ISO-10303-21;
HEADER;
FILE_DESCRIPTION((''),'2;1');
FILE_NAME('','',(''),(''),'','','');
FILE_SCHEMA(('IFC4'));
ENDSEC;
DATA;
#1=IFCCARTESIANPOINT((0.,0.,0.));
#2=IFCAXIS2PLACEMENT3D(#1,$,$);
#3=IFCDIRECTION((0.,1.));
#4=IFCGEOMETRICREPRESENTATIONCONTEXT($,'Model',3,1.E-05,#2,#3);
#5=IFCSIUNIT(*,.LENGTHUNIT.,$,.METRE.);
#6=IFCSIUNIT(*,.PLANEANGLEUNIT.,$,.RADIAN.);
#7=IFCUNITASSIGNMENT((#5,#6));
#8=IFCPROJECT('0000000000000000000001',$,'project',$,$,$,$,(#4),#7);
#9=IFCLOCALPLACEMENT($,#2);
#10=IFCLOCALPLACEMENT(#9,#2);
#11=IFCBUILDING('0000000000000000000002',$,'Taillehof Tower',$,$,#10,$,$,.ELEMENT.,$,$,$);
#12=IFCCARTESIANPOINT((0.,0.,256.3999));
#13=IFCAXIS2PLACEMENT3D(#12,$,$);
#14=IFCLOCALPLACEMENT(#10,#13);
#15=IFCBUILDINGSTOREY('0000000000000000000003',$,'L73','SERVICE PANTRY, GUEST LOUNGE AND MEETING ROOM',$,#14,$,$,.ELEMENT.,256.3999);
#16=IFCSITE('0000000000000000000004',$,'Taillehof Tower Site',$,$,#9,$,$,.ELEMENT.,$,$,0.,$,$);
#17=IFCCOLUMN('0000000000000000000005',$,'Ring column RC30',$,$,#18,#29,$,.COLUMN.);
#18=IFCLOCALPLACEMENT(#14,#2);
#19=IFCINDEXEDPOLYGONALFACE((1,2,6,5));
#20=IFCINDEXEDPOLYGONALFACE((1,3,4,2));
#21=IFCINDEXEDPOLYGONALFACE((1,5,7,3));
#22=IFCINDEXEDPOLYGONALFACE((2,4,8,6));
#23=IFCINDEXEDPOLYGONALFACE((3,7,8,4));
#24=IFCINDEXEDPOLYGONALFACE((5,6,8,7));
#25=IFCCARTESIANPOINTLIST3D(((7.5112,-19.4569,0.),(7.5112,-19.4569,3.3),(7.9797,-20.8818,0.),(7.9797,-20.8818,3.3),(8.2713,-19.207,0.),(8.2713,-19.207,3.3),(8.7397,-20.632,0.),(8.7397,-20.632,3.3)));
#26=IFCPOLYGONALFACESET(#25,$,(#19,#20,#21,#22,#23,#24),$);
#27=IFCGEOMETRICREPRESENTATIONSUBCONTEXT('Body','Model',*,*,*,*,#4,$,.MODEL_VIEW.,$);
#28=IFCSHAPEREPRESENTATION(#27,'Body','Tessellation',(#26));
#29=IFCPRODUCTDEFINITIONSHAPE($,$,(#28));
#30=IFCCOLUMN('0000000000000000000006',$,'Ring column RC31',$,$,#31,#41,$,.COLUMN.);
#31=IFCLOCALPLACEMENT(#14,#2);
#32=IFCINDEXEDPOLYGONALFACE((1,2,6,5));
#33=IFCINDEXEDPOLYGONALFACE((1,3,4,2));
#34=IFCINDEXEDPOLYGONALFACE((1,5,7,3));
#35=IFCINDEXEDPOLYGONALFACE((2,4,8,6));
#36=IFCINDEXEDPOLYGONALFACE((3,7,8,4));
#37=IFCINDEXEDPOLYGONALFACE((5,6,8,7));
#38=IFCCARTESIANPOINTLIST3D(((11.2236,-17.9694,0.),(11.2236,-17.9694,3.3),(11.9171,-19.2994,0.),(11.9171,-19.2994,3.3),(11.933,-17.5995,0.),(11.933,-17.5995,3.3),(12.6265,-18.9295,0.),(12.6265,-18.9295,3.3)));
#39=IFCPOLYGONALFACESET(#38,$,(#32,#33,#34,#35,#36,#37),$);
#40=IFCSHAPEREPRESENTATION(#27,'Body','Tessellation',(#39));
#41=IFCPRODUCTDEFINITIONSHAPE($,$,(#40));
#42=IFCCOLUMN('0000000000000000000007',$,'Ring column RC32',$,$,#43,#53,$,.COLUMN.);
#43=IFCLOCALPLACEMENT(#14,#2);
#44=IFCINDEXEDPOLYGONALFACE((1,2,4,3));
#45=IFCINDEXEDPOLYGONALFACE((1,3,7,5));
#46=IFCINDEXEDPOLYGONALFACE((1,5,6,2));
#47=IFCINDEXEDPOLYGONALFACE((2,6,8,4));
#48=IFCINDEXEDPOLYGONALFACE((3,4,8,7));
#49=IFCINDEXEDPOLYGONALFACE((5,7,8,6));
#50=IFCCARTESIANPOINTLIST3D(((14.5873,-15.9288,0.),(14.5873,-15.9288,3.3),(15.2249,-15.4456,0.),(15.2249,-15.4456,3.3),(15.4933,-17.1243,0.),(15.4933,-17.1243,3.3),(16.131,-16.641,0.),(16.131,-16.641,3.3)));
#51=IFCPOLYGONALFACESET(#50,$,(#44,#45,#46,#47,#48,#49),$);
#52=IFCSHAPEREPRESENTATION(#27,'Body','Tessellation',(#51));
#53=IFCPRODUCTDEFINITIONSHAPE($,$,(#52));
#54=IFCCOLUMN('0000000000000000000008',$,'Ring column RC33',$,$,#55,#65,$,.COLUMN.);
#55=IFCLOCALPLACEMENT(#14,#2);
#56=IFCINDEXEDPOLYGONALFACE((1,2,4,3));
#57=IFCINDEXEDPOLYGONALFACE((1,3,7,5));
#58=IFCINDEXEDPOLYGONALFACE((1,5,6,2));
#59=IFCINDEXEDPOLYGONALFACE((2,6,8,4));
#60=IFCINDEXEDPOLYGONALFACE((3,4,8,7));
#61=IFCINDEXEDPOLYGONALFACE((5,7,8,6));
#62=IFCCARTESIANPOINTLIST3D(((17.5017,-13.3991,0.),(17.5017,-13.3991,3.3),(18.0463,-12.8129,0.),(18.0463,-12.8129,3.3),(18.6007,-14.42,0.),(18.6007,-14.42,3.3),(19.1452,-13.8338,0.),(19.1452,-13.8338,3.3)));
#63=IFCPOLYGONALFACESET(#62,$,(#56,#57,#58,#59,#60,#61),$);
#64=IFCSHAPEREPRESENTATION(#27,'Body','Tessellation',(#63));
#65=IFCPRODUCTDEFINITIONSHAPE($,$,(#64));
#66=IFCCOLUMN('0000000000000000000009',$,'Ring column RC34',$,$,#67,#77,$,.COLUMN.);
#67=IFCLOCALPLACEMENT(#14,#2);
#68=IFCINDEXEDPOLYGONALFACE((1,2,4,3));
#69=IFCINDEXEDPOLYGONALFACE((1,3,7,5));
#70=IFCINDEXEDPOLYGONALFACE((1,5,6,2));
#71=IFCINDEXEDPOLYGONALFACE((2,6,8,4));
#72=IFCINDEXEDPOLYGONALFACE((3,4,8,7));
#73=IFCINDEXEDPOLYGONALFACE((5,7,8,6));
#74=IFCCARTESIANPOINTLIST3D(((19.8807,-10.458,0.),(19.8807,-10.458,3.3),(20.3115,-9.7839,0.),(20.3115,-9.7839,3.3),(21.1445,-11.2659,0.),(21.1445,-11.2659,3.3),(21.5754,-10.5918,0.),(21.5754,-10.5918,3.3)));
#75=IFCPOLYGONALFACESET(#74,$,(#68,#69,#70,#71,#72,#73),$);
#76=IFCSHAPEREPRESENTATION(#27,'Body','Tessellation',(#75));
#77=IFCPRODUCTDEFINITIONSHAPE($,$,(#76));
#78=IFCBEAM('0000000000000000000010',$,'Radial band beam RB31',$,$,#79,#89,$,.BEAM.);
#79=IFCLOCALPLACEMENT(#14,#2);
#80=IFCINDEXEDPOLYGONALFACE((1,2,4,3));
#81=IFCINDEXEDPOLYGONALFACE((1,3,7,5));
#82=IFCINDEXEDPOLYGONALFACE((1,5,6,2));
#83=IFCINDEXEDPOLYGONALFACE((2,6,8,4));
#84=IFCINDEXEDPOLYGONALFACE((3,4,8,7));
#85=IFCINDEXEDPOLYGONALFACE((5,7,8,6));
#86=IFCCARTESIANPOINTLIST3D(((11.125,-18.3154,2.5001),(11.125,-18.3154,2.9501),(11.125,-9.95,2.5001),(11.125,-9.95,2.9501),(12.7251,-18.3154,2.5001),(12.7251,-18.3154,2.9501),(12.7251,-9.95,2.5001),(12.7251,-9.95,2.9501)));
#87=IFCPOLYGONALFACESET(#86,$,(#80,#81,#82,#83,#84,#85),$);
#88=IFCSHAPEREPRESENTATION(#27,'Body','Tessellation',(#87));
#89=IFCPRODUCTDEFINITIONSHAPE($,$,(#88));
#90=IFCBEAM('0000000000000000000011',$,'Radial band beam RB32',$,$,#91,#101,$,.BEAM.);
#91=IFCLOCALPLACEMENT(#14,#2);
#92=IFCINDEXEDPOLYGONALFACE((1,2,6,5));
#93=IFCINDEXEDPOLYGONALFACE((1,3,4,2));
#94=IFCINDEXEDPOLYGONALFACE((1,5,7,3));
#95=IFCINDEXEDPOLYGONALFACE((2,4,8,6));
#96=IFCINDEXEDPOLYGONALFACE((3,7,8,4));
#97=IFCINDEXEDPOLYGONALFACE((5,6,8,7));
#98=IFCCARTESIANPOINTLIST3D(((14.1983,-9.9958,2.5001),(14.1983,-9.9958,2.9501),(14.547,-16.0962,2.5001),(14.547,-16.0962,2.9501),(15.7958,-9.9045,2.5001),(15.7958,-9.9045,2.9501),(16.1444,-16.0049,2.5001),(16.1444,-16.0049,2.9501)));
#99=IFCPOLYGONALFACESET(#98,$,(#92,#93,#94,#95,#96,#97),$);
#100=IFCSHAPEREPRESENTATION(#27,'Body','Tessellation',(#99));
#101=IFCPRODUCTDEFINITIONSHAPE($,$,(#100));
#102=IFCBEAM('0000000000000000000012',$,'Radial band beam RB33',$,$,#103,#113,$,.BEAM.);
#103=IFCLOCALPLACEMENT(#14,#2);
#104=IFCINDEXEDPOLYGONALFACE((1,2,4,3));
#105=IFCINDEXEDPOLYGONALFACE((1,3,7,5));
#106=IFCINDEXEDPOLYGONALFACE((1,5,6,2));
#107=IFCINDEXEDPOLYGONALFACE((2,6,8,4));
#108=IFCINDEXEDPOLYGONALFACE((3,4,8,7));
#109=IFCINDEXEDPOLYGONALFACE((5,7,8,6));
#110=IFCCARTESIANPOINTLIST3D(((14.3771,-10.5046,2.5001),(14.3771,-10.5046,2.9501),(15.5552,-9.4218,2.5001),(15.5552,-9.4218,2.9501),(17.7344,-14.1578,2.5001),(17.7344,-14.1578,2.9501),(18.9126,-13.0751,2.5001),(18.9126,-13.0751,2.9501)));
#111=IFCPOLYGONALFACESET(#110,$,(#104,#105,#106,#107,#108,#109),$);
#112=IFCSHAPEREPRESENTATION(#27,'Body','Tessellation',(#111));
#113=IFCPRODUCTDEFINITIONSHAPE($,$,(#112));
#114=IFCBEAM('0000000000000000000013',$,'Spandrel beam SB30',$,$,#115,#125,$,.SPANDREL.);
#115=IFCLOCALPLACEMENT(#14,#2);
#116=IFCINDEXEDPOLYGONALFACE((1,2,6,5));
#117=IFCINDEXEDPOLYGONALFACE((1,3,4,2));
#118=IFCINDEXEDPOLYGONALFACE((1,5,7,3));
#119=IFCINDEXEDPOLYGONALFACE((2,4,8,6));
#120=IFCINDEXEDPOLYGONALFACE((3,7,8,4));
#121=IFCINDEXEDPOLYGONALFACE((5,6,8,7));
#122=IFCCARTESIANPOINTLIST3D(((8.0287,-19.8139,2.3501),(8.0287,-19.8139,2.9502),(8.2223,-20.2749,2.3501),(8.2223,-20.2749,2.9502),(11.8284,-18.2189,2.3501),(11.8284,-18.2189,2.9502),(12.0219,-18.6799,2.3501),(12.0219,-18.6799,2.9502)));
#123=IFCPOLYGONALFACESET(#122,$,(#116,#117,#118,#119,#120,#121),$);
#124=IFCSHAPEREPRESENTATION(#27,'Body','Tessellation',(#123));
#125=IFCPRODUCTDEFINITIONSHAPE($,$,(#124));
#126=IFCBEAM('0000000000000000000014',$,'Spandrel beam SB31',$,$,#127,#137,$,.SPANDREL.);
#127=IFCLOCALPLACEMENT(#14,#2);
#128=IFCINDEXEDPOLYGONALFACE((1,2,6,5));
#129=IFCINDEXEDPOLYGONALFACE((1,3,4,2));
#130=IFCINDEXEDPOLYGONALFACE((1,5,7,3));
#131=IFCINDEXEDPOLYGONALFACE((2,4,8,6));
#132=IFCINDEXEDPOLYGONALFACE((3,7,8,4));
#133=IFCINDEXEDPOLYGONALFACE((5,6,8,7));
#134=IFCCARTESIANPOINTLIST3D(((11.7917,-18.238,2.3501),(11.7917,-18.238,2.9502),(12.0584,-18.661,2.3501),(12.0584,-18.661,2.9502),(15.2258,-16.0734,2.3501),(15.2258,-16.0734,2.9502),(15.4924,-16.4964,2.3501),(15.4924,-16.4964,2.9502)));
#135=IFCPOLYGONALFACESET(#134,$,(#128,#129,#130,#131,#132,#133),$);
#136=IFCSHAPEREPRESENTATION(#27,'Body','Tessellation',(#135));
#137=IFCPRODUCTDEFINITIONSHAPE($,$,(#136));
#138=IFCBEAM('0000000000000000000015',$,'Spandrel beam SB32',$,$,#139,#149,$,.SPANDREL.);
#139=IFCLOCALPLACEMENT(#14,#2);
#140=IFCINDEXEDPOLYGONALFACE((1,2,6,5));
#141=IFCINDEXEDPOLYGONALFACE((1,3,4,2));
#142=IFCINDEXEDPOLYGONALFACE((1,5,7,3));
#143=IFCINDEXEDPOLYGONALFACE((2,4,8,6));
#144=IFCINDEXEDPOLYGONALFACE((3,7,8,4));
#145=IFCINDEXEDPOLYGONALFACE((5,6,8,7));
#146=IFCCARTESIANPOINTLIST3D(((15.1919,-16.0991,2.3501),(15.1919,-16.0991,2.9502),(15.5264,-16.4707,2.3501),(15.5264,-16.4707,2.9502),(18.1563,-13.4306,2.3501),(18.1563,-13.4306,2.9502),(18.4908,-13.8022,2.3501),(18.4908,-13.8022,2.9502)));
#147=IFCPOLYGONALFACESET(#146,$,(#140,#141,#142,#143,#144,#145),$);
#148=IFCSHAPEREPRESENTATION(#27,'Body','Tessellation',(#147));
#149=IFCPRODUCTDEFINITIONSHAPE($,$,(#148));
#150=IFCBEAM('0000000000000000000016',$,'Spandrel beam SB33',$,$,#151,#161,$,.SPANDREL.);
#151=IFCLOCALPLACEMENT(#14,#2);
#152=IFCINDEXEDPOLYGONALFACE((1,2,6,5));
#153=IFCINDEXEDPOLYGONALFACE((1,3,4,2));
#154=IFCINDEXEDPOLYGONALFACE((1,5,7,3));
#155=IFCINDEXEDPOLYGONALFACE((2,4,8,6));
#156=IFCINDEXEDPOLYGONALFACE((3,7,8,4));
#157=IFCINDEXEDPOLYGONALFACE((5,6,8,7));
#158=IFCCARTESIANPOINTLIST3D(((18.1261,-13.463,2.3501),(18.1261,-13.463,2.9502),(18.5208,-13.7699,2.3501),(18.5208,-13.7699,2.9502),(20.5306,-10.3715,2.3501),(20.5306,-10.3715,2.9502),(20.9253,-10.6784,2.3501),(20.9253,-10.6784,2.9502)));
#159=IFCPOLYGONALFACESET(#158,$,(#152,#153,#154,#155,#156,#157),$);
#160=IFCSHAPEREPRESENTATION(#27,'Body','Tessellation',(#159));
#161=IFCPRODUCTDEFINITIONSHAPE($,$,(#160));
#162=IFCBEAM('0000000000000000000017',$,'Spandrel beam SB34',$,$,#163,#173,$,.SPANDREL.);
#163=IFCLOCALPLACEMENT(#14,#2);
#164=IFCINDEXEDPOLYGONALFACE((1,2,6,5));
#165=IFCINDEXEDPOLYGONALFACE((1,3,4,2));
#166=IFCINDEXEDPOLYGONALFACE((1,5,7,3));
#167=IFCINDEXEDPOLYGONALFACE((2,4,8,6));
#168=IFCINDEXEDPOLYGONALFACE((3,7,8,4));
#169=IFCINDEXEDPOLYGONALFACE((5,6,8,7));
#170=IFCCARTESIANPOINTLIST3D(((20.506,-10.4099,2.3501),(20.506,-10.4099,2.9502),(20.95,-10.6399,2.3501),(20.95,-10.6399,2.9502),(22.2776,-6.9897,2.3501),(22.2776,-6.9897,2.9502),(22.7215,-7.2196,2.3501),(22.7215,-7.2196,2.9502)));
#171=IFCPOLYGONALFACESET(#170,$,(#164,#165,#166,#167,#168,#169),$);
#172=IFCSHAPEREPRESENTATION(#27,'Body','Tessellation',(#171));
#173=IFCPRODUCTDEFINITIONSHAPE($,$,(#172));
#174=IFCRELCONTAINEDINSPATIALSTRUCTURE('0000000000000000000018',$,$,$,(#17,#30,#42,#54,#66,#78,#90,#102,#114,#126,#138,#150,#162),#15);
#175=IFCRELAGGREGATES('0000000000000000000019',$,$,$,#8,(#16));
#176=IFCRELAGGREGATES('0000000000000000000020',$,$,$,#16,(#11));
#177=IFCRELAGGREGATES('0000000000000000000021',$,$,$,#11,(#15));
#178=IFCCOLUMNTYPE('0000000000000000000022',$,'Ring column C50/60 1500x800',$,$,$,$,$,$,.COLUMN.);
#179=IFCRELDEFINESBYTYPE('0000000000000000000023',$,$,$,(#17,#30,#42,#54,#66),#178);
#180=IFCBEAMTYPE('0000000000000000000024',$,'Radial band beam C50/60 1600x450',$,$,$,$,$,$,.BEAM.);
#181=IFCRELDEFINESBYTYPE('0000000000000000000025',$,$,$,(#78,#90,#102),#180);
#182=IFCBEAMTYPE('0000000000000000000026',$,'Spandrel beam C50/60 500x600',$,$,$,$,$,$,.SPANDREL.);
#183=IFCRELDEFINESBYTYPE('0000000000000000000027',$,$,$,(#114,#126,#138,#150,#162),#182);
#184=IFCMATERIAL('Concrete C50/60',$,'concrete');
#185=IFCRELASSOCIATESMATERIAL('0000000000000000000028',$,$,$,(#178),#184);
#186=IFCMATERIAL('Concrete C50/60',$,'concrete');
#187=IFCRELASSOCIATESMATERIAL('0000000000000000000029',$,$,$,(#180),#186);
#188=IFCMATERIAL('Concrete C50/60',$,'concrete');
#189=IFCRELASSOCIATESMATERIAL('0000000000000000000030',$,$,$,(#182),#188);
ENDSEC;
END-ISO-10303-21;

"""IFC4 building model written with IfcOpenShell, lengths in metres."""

from ifc_helpers import new_model, si_unit, direction, frame, origin, origin_2d, place, context, subcontext, project, spatial, rectangle, extrude, material, material_profile, profile_set, type_object, element, save


model = new_model("IFC4")

# Units and contexts
model_context = context("Model", 3, precision=1e-05, world=origin(), true_north=direction((0.0, 1.0)))
body_context = subcontext(model_context, "Body", "Model", "MODEL_VIEW")
ifc_project = project(units=[si_unit("LENGTHUNIT", "METRE"), si_unit("PLANEANGLEUNIT", "RADIAN")], contexts=[model_context])

# Site, building, storey
site_placement = place(None, origin())
site = spatial("IfcSite", under=ifc_project, at=site_placement, Name="Taillehof Tower Site", CompositionType="ELEMENT", RefElevation=0.0)
building_placement = place(site_placement, origin())
building = spatial("IfcBuilding", under=site, at=building_placement, Name="Taillehof Tower", CompositionType="ELEMENT")
storey_placement = place(building_placement, frame((0.0, 0.0, 256.3999)))
storey = spatial("IfcBuildingStorey", under=building, at=storey_placement, Name="L73", Description="SERVICE PANTRY, GUEST LOUNGE AND MEETING ROOM", CompositionType="ELEMENT", Elevation=256.3999)

# Columns
ifc_material_1 = material(Name="Concrete C50/60", Category="concrete")
ifc_material_profile_1 = material_profile(ifc_material_1, rectangle(XDim=1.5, YDim=0.8, at=origin_2d()), Name="RC 1500x800")
ifc_profile_set_1 = profile_set([ifc_material_profile_1], Name="Concrete C50/60")
column_type = type_object("IfcColumnType", Name="Ring column C50/60 1500x800", PredefinedType="COLUMN", material=ifc_profile_set_1)
for number, where, z_axis, x_axis, name in (
    (1, (8.1255, -20.0444, 0.0), (0.0, 0.0, 1.0), (0.312304, -0.949982, 0.0), "Ring column RC30"),
    (2, (11.925, -18.4495, 0.0), (0.0, 0.0, 1.0), (0.462384, -0.88668, 0.0), "Ring column RC31"),
    (3, (15.3591, -16.2849, 0.0), (0.0, 0.0, 1.0), (0.60402, -0.796969, 0.0), "Ring column RC32"),
    (4, (18.3235, -13.6165, 0.0), (0.0, 0.0, 1.0), (0.732636, -0.680621, 0.0), "Ring column RC33"),
    (5, (20.728, -10.5249, 0.0), (0.0, 0.0, 1.0), (0.842574, -0.538581, 0.0), "Ring column RC34"),
):
    element("IfcColumn", number, at=place(storey_placement, frame(where, z_axis=z_axis, x_axis=x_axis)), inside=storey, type_object=column_type, Name=name, PredefinedType="COLUMN", context=body_context, shape_type="SweptSolid", body=[
        extrude(rectangle(XDim=1.5, YDim=0.8, at=origin_2d()), origin(), (0.0, 0.0, 1.0), 3.3),
    ])

# Beams
ifc_material_2 = material(Name="Concrete C50/60", Category="concrete")
ifc_material_profile_2 = material_profile(ifc_material_2, rectangle(XDim=1.6001, YDim=0.45, at=origin_2d()), Name="RC 1600x450")
ifc_profile_set_2 = profile_set([ifc_material_profile_2], Name="Concrete C50/60")
beam_type_1 = type_object("IfcBeamType", Name="Radial band beam C50/60 1600x450", PredefinedType="BEAM", material=ifc_profile_set_2)
beam_1_placement = place(storey_placement, frame((11.925, -18.3154, 2.7251), z_axis=(0.0, 1.0, 0.0), x_axis=(-1.0, 0.0, 0.0)))
element("IfcBeam", 6, at=beam_1_placement, inside=storey, type_object=beam_type_1, Name="Radial band beam RB31", PredefinedType="BEAM", context=body_context, shape_type="SweptSolid", body=[
    extrude(rectangle(XDim=1.6001, YDim=0.45, at=origin_2d()), origin(), (0.0, 0.0, 1.0), 8.3655),
])
beam_2_placement = place(storey_placement, frame((15.3457, -16.0505, 2.7251), z_axis=(-0.057057, 0.998371, 0.0), x_axis=(-0.998371, -0.057057, 0.0)))
element("IfcBeam", 7, at=beam_2_placement, inside=storey, type_object=beam_type_1, Name="Radial band beam RB32", PredefinedType="BEAM", context=body_context, shape_type="SweptSolid", body=[
    extrude(rectangle(XDim=1.6001, YDim=0.45, at=origin_2d()), origin(), (0.0, 0.0, 1.0), 6.1104),
])
beam_3_placement = place(storey_placement, frame((18.3235, -13.6165, 2.7251), z_axis=(-0.67666, 0.736296, 0.0), x_axis=(-0.736296, -0.67666, 0.0)))
element("IfcBeam", 8, at=beam_3_placement, inside=storey, type_object=beam_type_1, Name="Radial band beam RB33", PredefinedType="BEAM", context=body_context, shape_type="SweptSolid", body=[
    extrude(rectangle(XDim=1.6001, YDim=0.45, at=origin_2d()), origin(), (0.0, 0.0, 1.0), 4.9617),
])
ifc_material_3 = material(Name="Concrete C50/60", Category="concrete")
ifc_material_profile_3 = material_profile(ifc_material_3, rectangle(XDim=0.5, YDim=0.6001, at=origin_2d()), Name="RC 500x600")
ifc_profile_set_3 = profile_set([ifc_material_profile_3], Name="Concrete C50/60")
beam_type_2 = type_object("IfcBeamType", Name="Spandrel beam C50/60 500x600", PredefinedType="SPANDREL", material=ifc_profile_set_3)
beam_4_placement = place(storey_placement, frame((8.1255, -20.0444, 2.6501), z_axis=(0.922055, 0.387058, 0.0), x_axis=(-0.387058, 0.922055, 0.0)))
element("IfcBeam", 9, at=beam_4_placement, inside=storey, type_object=beam_type_2, Name="Spandrel beam SB30", PredefinedType="SPANDREL", context=body_context, shape_type="SweptSolid", body=[
    extrude(rectangle(XDim=0.5, YDim=0.6001, at=origin_2d()), origin(), (0.0, 0.0, 1.0), 4.1208),
])
beam_5_placement = place(storey_placement, frame((11.925, -18.4495, 2.6501), z_axis=(0.845972, 0.533228, 0.0), x_axis=(-0.533228, 0.845972, 0.0)))
element("IfcBeam", 10, at=beam_5_placement, inside=storey, type_object=beam_type_2, Name="Spandrel beam SB31", PredefinedType="SPANDREL", context=body_context, shape_type="SweptSolid", body=[
    extrude(rectangle(XDim=0.5, YDim=0.6001, at=origin_2d()), origin(), (0.0, 0.0, 1.0), 4.0593),
])
beam_6_placement = place(storey_placement, frame((15.3591, -16.2849, 2.6501), z_axis=(0.743227, 0.669039, 0.0), x_axis=(-0.669039, 0.743227, 0.0)))
element("IfcBeam", 11, at=beam_6_placement, inside=storey, type_object=beam_type_2, Name="Spandrel beam SB32", PredefinedType="SPANDREL", context=body_context, shape_type="SweptSolid", body=[
    extrude(rectangle(XDim=0.5, YDim=0.6001, at=origin_2d()), origin(), (0.0, 0.0, 1.0), 3.9885),
])
beam_7_placement = place(storey_placement, frame((18.3235, -13.6165, 2.6501), z_axis=(0.613941, 0.789352, 0.0), x_axis=(-0.789352, 0.613941, 0.0)))
element("IfcBeam", 12, at=beam_7_placement, inside=storey, type_object=beam_type_2, Name="Spandrel beam SB33", PredefinedType="SPANDREL", context=body_context, shape_type="SweptSolid", body=[
    extrude(rectangle(XDim=0.5, YDim=0.6001, at=origin_2d()), origin(), (0.0, 0.0, 1.0), 3.9165),
])
beam_8_placement = place(storey_placement, frame((20.728, -10.5249, 2.6501), z_axis=(0.459921, 0.88796, 0.0), x_axis=(-0.88796, 0.459921, 0.0)))
element("IfcBeam", 13, at=beam_8_placement, inside=storey, type_object=beam_type_2, Name="Spandrel beam SB34", PredefinedType="SPANDREL", context=body_context, shape_type="SweptSolid", body=[
    extrude(rectangle(XDim=0.5, YDim=0.6001, at=origin_2d()), origin(), (0.0, 0.0, 1.0), 3.8518),
])

save(model, "model.ifc")
